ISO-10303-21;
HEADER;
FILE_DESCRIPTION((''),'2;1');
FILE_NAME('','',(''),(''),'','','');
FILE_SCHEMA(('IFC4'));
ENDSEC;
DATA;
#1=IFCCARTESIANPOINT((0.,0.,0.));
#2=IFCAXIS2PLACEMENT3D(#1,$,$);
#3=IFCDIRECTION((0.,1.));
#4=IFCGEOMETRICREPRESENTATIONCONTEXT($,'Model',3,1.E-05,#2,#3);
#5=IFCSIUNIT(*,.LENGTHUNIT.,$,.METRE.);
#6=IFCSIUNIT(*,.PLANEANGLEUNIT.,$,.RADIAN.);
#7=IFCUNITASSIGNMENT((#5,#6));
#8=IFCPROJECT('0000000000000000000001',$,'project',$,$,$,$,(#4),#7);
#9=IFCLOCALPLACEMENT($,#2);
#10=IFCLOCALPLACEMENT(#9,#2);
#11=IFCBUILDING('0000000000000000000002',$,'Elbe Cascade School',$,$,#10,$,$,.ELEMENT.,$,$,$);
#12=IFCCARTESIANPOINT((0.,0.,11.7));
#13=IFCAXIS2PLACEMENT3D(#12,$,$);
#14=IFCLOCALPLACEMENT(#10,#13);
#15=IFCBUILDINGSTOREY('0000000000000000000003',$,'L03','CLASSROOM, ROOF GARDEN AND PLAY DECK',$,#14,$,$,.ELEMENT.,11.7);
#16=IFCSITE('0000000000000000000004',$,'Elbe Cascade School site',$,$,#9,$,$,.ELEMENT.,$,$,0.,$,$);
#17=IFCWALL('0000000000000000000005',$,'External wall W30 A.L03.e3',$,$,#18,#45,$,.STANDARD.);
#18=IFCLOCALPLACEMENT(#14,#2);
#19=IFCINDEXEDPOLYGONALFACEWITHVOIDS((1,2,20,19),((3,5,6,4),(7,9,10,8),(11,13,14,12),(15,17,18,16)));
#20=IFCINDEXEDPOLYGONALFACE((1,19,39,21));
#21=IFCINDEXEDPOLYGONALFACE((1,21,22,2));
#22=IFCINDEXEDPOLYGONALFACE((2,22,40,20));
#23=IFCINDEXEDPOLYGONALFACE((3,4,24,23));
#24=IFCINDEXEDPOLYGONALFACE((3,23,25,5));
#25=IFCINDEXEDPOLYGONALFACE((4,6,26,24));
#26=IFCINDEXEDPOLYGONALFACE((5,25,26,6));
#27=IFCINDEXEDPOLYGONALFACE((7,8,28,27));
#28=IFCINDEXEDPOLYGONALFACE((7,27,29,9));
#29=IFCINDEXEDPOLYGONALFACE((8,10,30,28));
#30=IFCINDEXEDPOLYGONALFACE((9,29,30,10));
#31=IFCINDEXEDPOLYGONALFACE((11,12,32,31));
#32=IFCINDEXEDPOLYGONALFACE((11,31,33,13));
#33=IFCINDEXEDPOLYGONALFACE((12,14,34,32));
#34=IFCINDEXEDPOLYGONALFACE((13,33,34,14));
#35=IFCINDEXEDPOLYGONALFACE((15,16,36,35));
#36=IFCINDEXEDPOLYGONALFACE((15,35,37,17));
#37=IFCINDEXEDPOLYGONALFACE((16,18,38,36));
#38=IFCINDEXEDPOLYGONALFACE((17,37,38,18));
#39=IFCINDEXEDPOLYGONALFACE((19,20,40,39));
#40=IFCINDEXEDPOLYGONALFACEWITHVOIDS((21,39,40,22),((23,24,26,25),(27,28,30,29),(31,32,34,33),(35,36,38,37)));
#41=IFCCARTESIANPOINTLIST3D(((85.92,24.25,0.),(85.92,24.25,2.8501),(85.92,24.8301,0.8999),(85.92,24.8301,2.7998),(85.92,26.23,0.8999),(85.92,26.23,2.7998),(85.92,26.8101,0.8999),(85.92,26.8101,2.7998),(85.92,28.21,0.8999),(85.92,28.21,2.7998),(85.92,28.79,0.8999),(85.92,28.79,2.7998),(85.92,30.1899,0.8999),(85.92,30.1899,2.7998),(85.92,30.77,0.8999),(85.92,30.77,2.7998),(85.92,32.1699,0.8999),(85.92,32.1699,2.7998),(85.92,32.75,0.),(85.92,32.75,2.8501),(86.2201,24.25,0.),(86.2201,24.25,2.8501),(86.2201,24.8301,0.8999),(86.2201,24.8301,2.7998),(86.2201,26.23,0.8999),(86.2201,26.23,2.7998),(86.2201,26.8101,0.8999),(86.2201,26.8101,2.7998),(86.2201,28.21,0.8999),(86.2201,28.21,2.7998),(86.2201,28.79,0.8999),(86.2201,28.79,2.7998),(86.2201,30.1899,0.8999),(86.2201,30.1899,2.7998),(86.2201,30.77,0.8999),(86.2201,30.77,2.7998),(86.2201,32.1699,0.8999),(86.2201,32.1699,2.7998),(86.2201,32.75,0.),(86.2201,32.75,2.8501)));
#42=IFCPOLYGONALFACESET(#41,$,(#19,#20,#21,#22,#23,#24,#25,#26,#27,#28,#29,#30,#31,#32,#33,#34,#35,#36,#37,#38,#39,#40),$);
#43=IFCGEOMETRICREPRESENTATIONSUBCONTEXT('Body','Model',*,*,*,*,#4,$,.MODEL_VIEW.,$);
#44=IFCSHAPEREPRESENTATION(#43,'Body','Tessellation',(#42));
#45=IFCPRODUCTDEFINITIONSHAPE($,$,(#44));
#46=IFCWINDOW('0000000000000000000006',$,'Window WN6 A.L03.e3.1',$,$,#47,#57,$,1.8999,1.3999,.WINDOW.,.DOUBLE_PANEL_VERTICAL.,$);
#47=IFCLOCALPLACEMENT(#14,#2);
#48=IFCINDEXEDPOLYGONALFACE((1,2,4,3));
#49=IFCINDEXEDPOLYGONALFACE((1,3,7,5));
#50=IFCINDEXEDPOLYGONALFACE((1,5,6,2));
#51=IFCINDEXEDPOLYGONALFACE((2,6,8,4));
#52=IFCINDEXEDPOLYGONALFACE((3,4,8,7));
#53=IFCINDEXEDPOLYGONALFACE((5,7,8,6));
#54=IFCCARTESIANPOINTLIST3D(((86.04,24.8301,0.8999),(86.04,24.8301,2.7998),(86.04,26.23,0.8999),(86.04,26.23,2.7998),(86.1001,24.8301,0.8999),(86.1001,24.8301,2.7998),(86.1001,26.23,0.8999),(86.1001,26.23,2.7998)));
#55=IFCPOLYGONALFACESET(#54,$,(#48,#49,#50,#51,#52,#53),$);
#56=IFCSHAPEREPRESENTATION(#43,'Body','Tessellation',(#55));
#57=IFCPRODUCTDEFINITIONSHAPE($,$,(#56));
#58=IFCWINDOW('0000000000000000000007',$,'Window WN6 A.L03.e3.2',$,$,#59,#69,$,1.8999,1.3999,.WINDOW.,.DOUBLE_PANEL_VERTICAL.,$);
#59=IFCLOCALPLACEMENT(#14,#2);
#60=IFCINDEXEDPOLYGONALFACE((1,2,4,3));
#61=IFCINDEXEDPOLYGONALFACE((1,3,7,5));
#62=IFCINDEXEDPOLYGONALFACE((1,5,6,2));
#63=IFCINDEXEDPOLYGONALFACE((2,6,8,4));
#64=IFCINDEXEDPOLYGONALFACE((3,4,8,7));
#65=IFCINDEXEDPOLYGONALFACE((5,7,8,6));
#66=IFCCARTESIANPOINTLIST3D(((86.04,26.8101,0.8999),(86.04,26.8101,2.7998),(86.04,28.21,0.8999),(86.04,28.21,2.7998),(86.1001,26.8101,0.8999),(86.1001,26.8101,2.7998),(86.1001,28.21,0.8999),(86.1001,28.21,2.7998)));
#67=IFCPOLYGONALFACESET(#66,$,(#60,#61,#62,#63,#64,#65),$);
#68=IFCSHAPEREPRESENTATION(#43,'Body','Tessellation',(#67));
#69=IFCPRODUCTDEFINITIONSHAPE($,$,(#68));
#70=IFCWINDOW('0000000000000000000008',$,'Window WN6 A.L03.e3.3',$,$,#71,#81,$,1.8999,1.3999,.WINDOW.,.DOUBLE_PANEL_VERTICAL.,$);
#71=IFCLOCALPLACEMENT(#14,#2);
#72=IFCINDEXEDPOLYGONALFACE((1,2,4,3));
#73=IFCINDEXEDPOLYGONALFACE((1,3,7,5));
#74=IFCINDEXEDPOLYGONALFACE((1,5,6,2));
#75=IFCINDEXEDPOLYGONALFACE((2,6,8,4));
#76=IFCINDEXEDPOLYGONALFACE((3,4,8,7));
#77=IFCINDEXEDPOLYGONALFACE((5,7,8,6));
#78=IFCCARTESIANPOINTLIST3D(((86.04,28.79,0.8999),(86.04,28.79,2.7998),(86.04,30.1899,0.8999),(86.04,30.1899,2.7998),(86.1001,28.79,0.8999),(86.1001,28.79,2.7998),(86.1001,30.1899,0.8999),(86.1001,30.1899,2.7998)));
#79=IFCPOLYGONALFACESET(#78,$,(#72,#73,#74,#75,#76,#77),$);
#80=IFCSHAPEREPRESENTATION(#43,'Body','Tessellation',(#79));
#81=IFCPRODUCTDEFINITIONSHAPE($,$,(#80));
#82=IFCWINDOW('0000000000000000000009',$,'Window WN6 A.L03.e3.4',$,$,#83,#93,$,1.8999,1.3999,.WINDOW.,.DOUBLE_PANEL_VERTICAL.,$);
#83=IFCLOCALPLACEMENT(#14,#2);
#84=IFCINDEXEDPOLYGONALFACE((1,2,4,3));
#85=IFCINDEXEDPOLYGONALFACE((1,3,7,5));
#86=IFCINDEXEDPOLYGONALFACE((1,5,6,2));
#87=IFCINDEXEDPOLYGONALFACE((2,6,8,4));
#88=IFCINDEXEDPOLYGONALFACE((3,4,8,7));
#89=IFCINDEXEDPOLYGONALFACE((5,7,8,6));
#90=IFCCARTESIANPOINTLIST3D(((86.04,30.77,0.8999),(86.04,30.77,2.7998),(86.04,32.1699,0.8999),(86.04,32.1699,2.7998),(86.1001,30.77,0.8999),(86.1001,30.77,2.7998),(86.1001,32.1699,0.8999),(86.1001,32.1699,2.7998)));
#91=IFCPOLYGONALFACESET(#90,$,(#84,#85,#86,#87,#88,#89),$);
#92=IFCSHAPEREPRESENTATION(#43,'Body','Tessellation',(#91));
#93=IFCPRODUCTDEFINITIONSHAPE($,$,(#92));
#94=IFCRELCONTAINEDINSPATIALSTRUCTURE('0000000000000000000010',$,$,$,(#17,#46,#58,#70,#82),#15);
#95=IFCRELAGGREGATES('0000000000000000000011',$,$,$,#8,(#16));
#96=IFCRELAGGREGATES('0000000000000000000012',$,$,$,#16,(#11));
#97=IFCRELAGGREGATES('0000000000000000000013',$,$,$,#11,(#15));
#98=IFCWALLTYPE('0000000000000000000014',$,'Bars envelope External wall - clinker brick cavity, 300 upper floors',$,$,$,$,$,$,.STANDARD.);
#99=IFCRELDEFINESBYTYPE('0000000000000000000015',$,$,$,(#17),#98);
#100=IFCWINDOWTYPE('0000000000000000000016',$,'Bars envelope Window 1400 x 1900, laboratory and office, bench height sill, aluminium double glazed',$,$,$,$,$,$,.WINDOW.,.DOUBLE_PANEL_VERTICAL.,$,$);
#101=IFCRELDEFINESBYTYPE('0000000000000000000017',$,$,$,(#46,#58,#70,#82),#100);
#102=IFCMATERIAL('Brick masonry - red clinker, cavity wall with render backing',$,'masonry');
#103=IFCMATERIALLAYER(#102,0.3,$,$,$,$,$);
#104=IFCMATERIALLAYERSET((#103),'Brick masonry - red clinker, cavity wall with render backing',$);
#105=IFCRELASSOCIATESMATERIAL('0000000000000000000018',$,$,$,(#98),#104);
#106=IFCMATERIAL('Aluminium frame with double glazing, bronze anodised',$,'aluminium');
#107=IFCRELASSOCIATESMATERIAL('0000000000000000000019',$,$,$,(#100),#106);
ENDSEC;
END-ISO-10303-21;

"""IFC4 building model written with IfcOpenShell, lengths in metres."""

from ifc_helpers import new_model, si_unit, direction, frame, frame_2d, origin, place, context, subcontext, project, spatial, rectangle, extrude, material, layer, layer_set, type_object, element, fill, save


model = new_model("IFC4")

# Units and contexts
model_context = context("Model", 3, precision=1e-05, world=origin(), true_north=direction((0.0, 1.0)))
body_context = subcontext(model_context, "Body", "Model", "MODEL_VIEW")
ifc_project = project(units=[si_unit("LENGTHUNIT", "METRE"), si_unit("PLANEANGLEUNIT", "RADIAN")], contexts=[model_context])

# Site, building, storey
site_placement = place(None, origin())
site = spatial("IfcSite", under=ifc_project, at=site_placement, Name="Elbe Cascade School site", CompositionType="ELEMENT", RefElevation=0.0)
building_placement = place(site_placement, origin())
building = spatial("IfcBuilding", under=site, at=building_placement, Name="Elbe Cascade School", CompositionType="ELEMENT")
storey_placement = place(building_placement, frame((0.0, 0.0, 11.7)))
storey = spatial("IfcBuildingStorey", under=building, at=storey_placement, Name="L03", Description="CLASSROOM, ROOF GARDEN AND PLAY DECK", CompositionType="ELEMENT", Elevation=11.7)

# Wall, openings, windows
ifc_material_1 = material(Name="Brick masonry - red clinker, cavity wall with render backing", Category="masonry")
ifc_layer_1 = layer(ifc_material_1, 0.3)
ifc_layer_set_1 = layer_set([ifc_layer_1], Name="Brick masonry - red clinker, cavity wall with render backing")
wall_type_1 = type_object("IfcWallType", Name="Bars envelope External wall - clinker brick cavity, 300 upper floors", PredefinedType="STANDARD", material=ifc_layer_set_1)
ifc_material_2 = material(Name="Aluminium frame with double glazing, bronze anodised", Category="aluminium")
window_type_1 = type_object("IfcWindowType", Name="Bars envelope Window 1400 x 1900, laboratory and office, bench height sill, aluminium double glazed", PartitioningType="DOUBLE_PANEL_VERTICAL", PredefinedType="WINDOW", material=ifc_material_2)
wall_1_placement = place(storey_placement, frame((86.0701, 32.75, 0.0), z_axis=(0.0, 0.0, 1.0), x_axis=(0.0, -1.0, 0.0)))
wall_1 = element("IfcWall", 1, at=wall_1_placement, inside=storey, type_object=wall_type_1, Name="External wall W30 A.L03.e3", PredefinedType="STANDARD", context=body_context, shape_type="SweptSolid", body=[
    extrude(rectangle(XDim=8.5, YDim=0.3, at=frame_2d((4.25, 0.0))), origin(), (0.0, 0.0, 1.0), 2.8501),
])
opening_1_placement = place(wall_1_placement, frame((6.52, 0.0, 0.8999)))
opening_1 = element("IfcOpeningElement", 2, at=opening_1_placement, cuts=wall_1, PredefinedType="OPENING", context=body_context, shape_type="SweptSolid", body=[
    extrude(rectangle(XDim=1.3999, YDim=1.8999, at=frame_2d((0.7, 0.95))), frame((0.0, 0.1599, 0.0), z_axis=(0.0, -1.0, 0.0), x_axis=(1.0, 0.0, 0.0)), (0.0, 0.0, 1.0), 0.3201),
])
opening_2_placement = place(wall_1_placement, frame((4.54, 0.0, 0.8999)))
opening_2 = element("IfcOpeningElement", 3, at=opening_2_placement, cuts=wall_1, PredefinedType="OPENING", context=body_context, shape_type="SweptSolid", body=[
    extrude(rectangle(XDim=1.3999, YDim=1.8999, at=frame_2d((0.7, 0.95))), frame((0.0, 0.1599, 0.0), z_axis=(0.0, -1.0, 0.0), x_axis=(1.0, 0.0, 0.0)), (0.0, 0.0, 1.0), 0.3201),
])
opening_3_placement = place(wall_1_placement, frame((2.5601, 0.0, 0.8999)))
opening_3 = element("IfcOpeningElement", 4, at=opening_3_placement, cuts=wall_1, PredefinedType="OPENING", context=body_context, shape_type="SweptSolid", body=[
    extrude(rectangle(XDim=1.3999, YDim=1.8999, at=frame_2d((0.7, 0.95))), frame((0.0, 0.1599, 0.0), z_axis=(0.0, -1.0, 0.0), x_axis=(1.0, 0.0, 0.0)), (0.0, 0.0, 1.0), 0.3201),
])
opening_4_placement = place(wall_1_placement, frame((0.5801, 0.0, 0.8999)))
opening_4 = element("IfcOpeningElement", 5, at=opening_4_placement, cuts=wall_1, PredefinedType="OPENING", context=body_context, shape_type="SweptSolid", body=[
    extrude(rectangle(XDim=1.3999, YDim=1.8999, at=frame_2d((0.7, 0.95))), frame((0.0, 0.1599, 0.0), z_axis=(0.0, -1.0, 0.0), x_axis=(1.0, 0.0, 0.0)), (0.0, 0.0, 1.0), 0.3201),
])
window_1_placement = place(opening_1_placement, origin())
window_1 = element("IfcWindow", 6, at=window_1_placement, inside=storey, type_object=window_type_1, Name="Window WN6 A.L03.e3.1", OverallHeight=1.8999, OverallWidth=1.3999, PartitioningType="DOUBLE_PANEL_VERTICAL", PredefinedType="WINDOW", context=body_context, shape_type="SweptSolid", body=[
    extrude(rectangle(XDim=1.3999, YDim=1.8999, at=frame_2d((0.7, 0.95))), frame((0.0, 0.03, 0.0), z_axis=(0.0, -1.0, 0.0), x_axis=(1.0, 0.0, 0.0)), (0.0, 0.0, 1.0), 0.0601),
])
fill(opening_1, window_1)
window_2_placement = place(opening_2_placement, origin())
window_2 = element("IfcWindow", 7, at=window_2_placement, inside=storey, type_object=window_type_1, Name="Window WN6 A.L03.e3.2", OverallHeight=1.8999, OverallWidth=1.3999, PartitioningType="DOUBLE_PANEL_VERTICAL", PredefinedType="WINDOW", context=body_context, shape_type="SweptSolid", body=[
    extrude(rectangle(XDim=1.3999, YDim=1.8999, at=frame_2d((0.7, 0.95))), frame((0.0, 0.03, 0.0), z_axis=(0.0, -1.0, 0.0), x_axis=(1.0, 0.0, 0.0)), (0.0, 0.0, 1.0), 0.0601),
])
fill(opening_2, window_2)
window_3_placement = place(opening_3_placement, origin())
window_3 = element("IfcWindow", 8, at=window_3_placement, inside=storey, type_object=window_type_1, Name="Window WN6 A.L03.e3.3", OverallHeight=1.8999, OverallWidth=1.3999, PartitioningType="DOUBLE_PANEL_VERTICAL", PredefinedType="WINDOW", context=body_context, shape_type="SweptSolid", body=[
    extrude(rectangle(XDim=1.3999, YDim=1.8999, at=frame_2d((0.7, 0.95))), frame((0.0, 0.03, 0.0), z_axis=(0.0, -1.0, 0.0), x_axis=(1.0, 0.0, 0.0)), (0.0, 0.0, 1.0), 0.0601),
])
fill(opening_3, window_3)
window_4_placement = place(opening_4_placement, origin())
window_4 = element("IfcWindow", 9, at=window_4_placement, inside=storey, type_object=window_type_1, Name="Window WN6 A.L03.e3.4", OverallHeight=1.8999, OverallWidth=1.3999, PartitioningType="DOUBLE_PANEL_VERTICAL", PredefinedType="WINDOW", context=body_context, shape_type="SweptSolid", body=[
    extrude(rectangle(XDim=1.3999, YDim=1.8999, at=frame_2d((0.7, 0.95))), frame((0.0, 0.03, 0.0), z_axis=(0.0, -1.0, 0.0), x_axis=(1.0, 0.0, 0.0)), (0.0, 0.0, 1.0), 0.0601),
])
fill(opening_4, window_4)

save(model, "model.ifc")
